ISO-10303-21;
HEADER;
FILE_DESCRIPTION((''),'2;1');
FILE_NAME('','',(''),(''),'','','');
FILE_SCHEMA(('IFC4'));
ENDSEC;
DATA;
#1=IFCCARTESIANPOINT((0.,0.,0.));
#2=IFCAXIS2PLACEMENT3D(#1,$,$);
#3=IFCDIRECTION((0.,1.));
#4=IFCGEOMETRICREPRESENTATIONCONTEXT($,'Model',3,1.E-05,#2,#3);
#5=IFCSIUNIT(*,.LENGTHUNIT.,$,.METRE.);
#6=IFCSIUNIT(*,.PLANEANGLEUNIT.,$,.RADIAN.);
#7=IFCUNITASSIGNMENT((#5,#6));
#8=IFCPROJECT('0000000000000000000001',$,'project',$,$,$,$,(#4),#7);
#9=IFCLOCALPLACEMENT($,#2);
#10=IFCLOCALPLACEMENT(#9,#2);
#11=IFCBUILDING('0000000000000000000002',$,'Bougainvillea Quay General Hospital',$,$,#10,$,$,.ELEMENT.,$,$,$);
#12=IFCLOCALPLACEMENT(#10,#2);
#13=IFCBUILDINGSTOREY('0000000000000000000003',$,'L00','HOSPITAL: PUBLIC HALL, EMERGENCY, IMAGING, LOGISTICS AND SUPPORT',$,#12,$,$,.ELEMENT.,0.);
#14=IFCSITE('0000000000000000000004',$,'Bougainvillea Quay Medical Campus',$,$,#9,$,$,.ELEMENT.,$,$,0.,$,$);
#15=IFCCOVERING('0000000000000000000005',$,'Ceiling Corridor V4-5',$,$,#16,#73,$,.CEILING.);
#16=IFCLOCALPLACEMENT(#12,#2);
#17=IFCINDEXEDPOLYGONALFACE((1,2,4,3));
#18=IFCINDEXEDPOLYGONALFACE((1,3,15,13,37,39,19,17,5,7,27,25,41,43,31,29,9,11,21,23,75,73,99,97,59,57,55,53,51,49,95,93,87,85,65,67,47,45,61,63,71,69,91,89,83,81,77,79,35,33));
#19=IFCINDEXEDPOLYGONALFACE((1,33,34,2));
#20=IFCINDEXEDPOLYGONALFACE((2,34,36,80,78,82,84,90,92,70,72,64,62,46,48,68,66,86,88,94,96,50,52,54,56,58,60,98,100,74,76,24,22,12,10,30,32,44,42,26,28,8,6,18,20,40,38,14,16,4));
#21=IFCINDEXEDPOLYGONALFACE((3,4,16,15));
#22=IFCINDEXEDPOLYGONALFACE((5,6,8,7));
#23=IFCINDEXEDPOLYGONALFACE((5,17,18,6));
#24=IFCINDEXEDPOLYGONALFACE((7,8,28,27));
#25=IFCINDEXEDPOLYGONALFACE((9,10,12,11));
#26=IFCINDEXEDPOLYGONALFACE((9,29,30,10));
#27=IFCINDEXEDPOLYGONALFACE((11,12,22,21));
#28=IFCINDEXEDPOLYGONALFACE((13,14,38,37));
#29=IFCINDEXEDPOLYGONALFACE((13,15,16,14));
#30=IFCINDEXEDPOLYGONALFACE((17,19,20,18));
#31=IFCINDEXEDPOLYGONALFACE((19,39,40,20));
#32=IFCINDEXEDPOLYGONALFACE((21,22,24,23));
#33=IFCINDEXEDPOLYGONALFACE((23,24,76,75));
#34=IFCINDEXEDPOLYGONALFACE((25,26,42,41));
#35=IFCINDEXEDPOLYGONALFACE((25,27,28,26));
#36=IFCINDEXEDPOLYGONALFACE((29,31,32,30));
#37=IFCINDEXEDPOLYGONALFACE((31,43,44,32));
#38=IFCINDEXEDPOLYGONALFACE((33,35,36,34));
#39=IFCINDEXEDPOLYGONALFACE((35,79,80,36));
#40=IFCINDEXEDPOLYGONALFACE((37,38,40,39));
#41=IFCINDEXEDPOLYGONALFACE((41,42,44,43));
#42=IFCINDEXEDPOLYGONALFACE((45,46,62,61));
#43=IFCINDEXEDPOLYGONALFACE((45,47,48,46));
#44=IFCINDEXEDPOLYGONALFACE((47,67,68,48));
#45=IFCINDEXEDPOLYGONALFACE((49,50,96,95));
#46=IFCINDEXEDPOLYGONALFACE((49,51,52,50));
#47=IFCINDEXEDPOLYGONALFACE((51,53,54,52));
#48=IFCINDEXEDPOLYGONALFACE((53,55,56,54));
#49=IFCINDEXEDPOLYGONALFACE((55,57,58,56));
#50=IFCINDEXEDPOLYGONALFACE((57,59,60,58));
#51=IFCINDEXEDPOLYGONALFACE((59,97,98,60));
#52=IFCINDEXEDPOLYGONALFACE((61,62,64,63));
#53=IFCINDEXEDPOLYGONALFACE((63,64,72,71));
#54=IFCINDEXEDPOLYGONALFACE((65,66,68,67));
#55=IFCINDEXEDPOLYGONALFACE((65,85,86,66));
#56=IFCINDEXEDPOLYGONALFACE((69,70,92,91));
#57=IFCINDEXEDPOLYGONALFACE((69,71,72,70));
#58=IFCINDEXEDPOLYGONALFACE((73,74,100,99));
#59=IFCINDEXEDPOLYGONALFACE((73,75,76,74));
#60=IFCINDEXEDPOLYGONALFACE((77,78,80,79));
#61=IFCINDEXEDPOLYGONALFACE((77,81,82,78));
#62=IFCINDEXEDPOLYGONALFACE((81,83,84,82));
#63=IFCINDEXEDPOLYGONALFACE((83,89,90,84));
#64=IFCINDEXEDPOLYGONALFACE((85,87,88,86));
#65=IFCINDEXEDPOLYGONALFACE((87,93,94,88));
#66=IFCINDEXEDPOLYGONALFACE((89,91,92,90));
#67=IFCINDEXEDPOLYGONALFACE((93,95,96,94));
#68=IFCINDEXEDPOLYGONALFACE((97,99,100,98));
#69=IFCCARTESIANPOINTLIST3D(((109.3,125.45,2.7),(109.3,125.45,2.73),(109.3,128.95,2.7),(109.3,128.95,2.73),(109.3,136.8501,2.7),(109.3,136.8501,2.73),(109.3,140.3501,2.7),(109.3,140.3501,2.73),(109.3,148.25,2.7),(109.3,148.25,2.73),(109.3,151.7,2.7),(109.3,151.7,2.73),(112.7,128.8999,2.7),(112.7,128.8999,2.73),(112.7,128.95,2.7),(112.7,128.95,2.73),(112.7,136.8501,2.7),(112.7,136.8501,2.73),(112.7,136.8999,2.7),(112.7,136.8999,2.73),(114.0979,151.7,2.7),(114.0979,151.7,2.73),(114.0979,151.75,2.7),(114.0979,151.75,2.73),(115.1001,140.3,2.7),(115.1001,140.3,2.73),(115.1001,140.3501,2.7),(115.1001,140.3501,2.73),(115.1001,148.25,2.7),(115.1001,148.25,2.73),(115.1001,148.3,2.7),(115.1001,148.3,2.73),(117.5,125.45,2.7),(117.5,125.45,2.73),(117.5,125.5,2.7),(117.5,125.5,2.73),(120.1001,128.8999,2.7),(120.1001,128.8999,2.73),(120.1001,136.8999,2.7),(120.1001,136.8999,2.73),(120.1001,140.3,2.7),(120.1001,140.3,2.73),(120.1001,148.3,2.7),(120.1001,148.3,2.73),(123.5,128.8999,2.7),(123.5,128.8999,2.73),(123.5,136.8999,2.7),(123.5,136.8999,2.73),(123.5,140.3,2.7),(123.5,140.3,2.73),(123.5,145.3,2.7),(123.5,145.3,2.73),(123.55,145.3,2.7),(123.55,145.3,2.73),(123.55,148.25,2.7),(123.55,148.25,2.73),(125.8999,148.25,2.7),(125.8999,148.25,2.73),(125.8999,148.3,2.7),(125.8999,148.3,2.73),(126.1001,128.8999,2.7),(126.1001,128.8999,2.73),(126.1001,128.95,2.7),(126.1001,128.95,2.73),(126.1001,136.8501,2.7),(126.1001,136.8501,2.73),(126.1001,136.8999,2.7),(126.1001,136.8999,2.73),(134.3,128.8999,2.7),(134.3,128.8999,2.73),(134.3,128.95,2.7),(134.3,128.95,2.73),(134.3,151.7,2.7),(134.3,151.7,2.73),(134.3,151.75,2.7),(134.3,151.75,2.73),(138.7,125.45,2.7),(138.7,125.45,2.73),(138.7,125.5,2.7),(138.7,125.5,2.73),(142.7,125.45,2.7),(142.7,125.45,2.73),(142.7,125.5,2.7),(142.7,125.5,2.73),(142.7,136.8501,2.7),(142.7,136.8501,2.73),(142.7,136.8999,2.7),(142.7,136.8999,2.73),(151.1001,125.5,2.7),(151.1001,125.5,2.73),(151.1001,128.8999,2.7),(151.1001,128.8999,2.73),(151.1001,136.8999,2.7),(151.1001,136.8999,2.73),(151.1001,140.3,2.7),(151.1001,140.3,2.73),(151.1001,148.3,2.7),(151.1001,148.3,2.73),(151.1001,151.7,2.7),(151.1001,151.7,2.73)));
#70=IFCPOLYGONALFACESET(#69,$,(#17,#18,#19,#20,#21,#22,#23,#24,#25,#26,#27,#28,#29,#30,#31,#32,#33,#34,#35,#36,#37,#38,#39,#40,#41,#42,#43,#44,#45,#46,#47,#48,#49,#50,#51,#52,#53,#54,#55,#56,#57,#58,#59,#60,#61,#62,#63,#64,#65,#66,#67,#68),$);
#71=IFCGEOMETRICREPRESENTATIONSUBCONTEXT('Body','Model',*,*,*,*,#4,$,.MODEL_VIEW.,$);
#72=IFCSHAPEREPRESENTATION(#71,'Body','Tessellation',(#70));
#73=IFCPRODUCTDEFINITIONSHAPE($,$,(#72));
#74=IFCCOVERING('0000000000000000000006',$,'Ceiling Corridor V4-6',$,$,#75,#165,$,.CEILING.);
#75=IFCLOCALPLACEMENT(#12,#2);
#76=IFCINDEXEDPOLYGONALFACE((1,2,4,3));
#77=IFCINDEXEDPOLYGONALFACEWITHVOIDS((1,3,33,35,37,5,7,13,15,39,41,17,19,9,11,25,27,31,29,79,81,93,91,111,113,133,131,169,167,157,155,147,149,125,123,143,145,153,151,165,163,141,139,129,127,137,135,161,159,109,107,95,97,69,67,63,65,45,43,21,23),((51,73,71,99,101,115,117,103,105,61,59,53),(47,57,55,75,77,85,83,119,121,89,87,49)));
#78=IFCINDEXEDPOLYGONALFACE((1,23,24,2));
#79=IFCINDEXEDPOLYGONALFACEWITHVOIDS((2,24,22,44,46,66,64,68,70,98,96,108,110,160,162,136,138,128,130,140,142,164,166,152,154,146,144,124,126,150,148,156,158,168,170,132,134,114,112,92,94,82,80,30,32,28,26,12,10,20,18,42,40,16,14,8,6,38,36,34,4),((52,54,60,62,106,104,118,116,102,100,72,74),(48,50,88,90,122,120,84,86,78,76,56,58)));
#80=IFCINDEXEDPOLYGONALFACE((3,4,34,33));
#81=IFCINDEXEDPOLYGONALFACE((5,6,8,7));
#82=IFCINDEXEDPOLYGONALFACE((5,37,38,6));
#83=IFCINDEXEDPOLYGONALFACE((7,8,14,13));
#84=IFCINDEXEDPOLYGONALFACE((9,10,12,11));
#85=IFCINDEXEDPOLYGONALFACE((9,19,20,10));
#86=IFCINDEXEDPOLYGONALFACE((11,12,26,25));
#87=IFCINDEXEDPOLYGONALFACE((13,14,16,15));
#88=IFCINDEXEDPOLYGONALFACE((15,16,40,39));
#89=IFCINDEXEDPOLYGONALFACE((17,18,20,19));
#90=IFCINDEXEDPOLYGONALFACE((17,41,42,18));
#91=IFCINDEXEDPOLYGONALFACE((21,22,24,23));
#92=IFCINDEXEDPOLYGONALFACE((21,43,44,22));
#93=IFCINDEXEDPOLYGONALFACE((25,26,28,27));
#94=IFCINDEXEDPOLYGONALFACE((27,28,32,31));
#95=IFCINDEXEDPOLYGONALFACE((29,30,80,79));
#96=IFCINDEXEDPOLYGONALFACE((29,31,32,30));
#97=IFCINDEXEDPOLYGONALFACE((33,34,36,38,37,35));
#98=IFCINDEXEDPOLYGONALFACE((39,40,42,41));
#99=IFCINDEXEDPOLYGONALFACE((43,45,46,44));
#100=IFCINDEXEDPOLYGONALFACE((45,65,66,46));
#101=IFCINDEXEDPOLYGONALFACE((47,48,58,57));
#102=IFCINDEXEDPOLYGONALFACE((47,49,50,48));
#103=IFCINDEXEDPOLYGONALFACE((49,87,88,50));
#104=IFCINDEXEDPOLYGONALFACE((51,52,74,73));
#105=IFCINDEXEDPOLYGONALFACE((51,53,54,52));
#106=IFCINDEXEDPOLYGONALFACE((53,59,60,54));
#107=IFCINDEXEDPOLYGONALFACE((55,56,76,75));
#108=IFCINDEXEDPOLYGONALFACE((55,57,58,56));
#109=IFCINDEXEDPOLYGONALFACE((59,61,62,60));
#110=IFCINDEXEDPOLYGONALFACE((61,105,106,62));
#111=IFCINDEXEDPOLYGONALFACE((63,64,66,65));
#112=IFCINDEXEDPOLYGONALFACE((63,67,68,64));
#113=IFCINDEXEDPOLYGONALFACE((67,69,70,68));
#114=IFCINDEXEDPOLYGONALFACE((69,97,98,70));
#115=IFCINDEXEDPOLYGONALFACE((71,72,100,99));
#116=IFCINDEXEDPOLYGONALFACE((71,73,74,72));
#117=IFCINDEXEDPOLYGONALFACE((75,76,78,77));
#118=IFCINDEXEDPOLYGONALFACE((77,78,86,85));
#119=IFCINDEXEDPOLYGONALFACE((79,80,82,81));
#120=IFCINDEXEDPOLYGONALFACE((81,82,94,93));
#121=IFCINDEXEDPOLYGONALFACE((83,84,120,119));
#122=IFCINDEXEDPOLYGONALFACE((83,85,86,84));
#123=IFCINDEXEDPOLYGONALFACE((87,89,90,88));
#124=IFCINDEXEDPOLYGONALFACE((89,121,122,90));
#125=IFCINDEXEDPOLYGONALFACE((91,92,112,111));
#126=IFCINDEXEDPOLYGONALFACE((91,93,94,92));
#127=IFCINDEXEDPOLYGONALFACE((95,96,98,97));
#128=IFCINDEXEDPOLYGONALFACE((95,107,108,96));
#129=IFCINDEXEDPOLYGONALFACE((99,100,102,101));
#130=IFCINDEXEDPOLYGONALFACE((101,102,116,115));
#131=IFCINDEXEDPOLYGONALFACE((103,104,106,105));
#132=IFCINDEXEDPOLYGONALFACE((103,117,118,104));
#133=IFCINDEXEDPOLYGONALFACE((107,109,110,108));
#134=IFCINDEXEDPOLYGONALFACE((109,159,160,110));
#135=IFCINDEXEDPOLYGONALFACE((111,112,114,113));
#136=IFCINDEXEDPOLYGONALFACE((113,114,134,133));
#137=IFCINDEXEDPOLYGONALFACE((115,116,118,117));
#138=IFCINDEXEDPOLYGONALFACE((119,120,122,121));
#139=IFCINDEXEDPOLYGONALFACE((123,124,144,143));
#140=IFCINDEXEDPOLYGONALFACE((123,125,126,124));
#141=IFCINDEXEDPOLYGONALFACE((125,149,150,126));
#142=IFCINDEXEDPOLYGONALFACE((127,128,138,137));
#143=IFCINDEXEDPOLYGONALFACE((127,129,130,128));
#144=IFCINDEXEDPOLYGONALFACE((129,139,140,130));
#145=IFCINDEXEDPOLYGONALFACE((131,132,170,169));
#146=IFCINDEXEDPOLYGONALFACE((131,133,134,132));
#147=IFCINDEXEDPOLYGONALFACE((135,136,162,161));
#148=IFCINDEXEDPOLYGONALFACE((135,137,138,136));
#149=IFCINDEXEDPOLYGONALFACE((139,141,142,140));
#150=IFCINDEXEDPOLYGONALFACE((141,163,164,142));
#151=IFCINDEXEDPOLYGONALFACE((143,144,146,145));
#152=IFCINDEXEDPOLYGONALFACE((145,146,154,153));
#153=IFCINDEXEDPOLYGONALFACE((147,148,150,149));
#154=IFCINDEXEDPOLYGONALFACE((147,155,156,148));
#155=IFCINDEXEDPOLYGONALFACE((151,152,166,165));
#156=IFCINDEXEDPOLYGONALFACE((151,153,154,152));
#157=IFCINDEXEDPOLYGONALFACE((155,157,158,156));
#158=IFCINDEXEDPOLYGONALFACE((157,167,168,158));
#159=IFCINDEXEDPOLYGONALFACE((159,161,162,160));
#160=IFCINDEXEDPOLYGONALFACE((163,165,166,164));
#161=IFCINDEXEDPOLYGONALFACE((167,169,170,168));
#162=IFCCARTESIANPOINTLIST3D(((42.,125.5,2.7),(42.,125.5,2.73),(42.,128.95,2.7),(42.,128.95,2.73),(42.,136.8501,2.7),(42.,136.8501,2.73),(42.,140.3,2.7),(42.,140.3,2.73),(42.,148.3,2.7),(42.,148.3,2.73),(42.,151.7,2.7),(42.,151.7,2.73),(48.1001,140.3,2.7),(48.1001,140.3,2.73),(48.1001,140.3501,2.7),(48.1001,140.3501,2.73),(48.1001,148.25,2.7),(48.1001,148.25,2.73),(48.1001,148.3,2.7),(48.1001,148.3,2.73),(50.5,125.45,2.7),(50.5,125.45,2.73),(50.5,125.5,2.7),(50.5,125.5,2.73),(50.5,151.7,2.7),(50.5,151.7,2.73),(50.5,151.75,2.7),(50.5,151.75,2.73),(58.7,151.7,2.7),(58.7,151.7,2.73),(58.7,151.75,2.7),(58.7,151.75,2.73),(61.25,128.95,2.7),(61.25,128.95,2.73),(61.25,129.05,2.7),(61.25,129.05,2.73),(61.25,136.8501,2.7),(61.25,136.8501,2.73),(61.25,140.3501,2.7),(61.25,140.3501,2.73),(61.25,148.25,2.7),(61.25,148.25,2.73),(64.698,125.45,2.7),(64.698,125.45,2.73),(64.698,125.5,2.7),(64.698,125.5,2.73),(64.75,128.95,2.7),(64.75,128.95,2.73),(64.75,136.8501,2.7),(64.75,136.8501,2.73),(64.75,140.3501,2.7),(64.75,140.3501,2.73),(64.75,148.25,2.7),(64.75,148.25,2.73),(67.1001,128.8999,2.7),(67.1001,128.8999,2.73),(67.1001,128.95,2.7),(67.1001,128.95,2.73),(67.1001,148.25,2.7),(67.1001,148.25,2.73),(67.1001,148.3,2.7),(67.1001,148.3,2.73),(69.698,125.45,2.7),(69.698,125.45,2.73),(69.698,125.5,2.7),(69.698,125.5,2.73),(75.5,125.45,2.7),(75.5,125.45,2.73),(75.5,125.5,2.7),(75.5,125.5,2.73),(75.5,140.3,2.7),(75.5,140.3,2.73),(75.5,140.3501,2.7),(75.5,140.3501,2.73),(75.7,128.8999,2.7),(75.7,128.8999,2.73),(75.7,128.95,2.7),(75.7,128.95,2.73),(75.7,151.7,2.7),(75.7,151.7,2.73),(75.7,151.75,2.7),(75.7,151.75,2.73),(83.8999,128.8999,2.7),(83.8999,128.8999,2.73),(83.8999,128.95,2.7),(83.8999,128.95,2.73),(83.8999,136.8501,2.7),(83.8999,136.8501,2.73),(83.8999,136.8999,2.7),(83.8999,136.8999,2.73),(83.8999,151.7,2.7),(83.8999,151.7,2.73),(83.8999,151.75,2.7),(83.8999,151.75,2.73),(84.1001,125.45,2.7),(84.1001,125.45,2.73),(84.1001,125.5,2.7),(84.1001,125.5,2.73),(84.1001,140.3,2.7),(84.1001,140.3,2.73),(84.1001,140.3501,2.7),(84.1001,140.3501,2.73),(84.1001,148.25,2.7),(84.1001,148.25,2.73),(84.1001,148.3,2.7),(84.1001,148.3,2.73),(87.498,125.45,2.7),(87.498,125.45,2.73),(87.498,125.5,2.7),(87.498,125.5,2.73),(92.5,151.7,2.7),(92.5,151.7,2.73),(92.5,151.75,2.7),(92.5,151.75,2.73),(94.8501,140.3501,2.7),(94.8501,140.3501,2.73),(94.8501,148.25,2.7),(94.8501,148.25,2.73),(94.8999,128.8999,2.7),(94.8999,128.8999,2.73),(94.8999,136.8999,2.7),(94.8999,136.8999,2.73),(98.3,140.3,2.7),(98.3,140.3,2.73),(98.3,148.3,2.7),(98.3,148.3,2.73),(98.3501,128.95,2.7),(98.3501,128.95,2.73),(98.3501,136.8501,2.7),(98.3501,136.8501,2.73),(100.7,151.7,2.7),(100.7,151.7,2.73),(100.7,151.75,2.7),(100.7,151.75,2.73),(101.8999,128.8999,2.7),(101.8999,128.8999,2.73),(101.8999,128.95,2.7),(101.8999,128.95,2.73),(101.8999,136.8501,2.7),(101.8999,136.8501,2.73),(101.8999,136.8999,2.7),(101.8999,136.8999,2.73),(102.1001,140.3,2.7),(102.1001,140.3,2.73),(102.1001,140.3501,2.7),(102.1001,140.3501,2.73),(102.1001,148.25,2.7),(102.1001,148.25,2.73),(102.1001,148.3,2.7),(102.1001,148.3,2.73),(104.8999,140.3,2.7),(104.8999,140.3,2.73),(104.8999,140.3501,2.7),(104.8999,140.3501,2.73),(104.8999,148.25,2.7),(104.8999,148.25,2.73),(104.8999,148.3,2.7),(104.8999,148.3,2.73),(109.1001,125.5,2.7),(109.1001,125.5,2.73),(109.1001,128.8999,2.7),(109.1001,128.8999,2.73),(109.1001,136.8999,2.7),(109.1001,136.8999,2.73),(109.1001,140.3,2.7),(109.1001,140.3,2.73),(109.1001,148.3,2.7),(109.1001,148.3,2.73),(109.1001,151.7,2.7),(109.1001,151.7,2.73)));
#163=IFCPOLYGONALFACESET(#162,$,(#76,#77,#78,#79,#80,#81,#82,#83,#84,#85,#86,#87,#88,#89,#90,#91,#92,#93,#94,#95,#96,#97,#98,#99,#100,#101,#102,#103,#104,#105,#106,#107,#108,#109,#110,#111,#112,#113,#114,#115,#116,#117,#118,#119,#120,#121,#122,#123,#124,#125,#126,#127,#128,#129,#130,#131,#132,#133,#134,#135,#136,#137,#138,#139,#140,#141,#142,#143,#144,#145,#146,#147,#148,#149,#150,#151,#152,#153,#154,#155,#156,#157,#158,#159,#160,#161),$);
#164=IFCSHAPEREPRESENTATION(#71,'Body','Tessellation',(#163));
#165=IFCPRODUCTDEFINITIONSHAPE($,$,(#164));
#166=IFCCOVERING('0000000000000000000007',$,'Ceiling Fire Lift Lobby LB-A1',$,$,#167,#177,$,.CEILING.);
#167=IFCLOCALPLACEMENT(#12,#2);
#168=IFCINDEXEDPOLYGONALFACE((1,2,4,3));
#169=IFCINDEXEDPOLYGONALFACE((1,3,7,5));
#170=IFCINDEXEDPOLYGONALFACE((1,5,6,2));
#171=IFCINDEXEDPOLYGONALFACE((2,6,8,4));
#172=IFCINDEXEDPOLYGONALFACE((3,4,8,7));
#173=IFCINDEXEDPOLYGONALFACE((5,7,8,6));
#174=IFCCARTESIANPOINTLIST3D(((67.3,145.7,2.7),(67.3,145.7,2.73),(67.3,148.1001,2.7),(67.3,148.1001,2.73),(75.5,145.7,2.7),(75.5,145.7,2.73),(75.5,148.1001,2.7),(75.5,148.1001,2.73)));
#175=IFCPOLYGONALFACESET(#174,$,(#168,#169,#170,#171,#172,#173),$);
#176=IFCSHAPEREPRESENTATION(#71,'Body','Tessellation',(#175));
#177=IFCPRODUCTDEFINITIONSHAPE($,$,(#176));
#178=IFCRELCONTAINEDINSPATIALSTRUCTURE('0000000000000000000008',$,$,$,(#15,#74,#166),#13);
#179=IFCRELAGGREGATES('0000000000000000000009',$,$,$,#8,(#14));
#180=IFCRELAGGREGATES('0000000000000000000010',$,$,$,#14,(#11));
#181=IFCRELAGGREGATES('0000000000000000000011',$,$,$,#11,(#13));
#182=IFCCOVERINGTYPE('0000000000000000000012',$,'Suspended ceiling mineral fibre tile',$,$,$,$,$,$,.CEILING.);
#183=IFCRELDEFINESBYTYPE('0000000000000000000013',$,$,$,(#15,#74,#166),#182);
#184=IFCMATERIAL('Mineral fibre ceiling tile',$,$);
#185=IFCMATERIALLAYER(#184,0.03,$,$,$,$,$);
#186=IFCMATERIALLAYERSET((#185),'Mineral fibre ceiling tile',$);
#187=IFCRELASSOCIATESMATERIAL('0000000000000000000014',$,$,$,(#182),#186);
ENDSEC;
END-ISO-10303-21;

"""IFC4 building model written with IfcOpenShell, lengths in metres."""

from ifc_helpers import new_model, si_unit, direction, frame, origin, place, context, subcontext, project, spatial, polyline, outline, extrude, material, layer, layer_set, type_object, element, save


model = new_model("IFC4")

# Units and contexts
model_context = context("Model", 3, precision=1e-05, world=origin(), true_north=direction((0.0, 1.0)))
body_context = subcontext(model_context, "Body", "Model", "MODEL_VIEW")
ifc_project = project(units=[si_unit("LENGTHUNIT", "METRE"), si_unit("PLANEANGLEUNIT", "RADIAN")], contexts=[model_context])

# Site, building, storey
site_placement = place(None, origin())
site = spatial("IfcSite", under=ifc_project, at=site_placement, Name="Bougainvillea Quay Medical Campus", CompositionType="ELEMENT", RefElevation=0.0)
building_placement = place(site_placement, origin())
building = spatial("IfcBuilding", under=site, at=building_placement, Name="Bougainvillea Quay General Hospital", CompositionType="ELEMENT")
storey_placement = place(building_placement, origin())
storey = spatial("IfcBuildingStorey", under=building, at=storey_placement, Name="L00", Description="HOSPITAL: PUBLIC HALL, EMERGENCY, IMAGING, LOGISTICS AND SUPPORT", CompositionType="ELEMENT", Elevation=0.0)

# Coverings
ifc_material_1 = material(Name="Mineral fibre ceiling tile")
ifc_layer_1 = layer(ifc_material_1, 0.03)
ifc_layer_set_1 = layer_set([ifc_layer_1], Name="Mineral fibre ceiling tile")
covering_type = type_object("IfcCoveringType", Name="Suspended ceiling mineral fibre tile", PredefinedType="CEILING", material=ifc_layer_set_1)
covering_1_placement = place(storey_placement, frame((0.0, 0.0, 2.7)))
element("IfcCovering", 1, at=covering_1_placement, inside=storey, type_object=covering_type, Name="Ceiling Corridor V4-5", PredefinedType="CEILING", context=body_context, shape_type="SweptSolid", body=[
    extrude(outline(polyline([(109.3, 136.8501), (112.7, 136.8501), (112.7, 136.8999), (120.1001, 136.8999), (120.1001, 128.8999), (112.7, 128.8999), (112.7, 128.95), (109.3, 128.95), (109.3, 125.45), (117.5, 125.45), (117.5, 125.5), (138.7, 125.5), (138.7, 125.45), (142.7, 125.45), (142.7, 125.5), (151.1001, 125.5), (151.1001, 128.8999), (134.3, 128.8999), (134.3, 128.95), (126.1001, 128.95), (126.1001, 128.8999), (123.5, 128.8999), (123.5, 136.8999), (126.1001, 136.8999), (126.1001, 136.8501), (142.7, 136.8501), (142.7, 136.8999), (151.1001, 136.8999), (151.1001, 140.3), (123.5, 140.3), (123.5, 145.3), (123.55, 145.3), (123.55, 148.25), (125.8999, 148.25), (125.8999, 148.3), (151.1001, 148.3), (151.1001, 151.7), (134.3, 151.7), (134.3, 151.75), (114.0979, 151.75), (114.0979, 151.7), (109.3, 151.7), (109.3, 148.25), (115.1001, 148.25), (115.1001, 148.3), (120.1001, 148.3), (120.1001, 140.3), (115.1001, 140.3), (115.1001, 140.3501), (109.3, 140.3501), (109.3, 136.8501)])), origin(), (0.0, 0.0, 1.0), 0.03),
])
covering_2_placement = place(storey_placement, frame((0.0, 0.0, 2.7)))
element("IfcCovering", 2, at=covering_2_placement, inside=storey, type_object=covering_type, Name="Ceiling Corridor V4-6", PredefinedType="CEILING", context=body_context, shape_type="SweptSolid", body=[
    extrude(outline(polyline([(42.0, 125.5), (50.5, 125.5), (50.5, 125.45), (64.698, 125.45), (64.698, 125.5), (69.698, 125.5), (69.698, 125.45), (75.5, 125.45), (75.5, 125.5), (84.1001, 125.5), (84.1001, 125.45), (87.498, 125.45), (87.498, 125.5), (109.1001, 125.5), (109.1001, 128.8999), (101.8999, 128.8999), (101.8999, 128.95), (98.3501, 128.95), (98.3501, 136.8501), (101.8999, 136.8501), (101.8999, 136.8999), (109.1001, 136.8999), (109.1001, 140.3), (104.8999, 140.3), (104.8999, 140.3501), (102.1001, 140.3501), (102.1001, 140.3), (98.3, 140.3), (98.3, 148.3), (102.1001, 148.3), (102.1001, 148.25), (104.8999, 148.25), (104.8999, 148.3), (109.1001, 148.3), (109.1001, 151.7), (100.7, 151.7), (100.7, 151.75), (92.5, 151.75), (92.5, 151.7), (83.8999, 151.7), (83.8999, 151.75), (75.7, 151.75), (75.7, 151.7), (58.7, 151.7), (58.7, 151.75), (50.5, 151.75), (50.5, 151.7), (42.0, 151.7), (42.0, 148.3), (48.1001, 148.3), (48.1001, 148.25), (61.25, 148.25), (61.25, 140.3501), (48.1001, 140.3501), (48.1001, 140.3), (42.0, 140.3), (42.0, 136.8501), (61.25, 136.8501), (61.25, 129.05), (61.25, 128.95), (42.0, 128.95), (42.0, 125.5)]), holes=[polyline([(75.7, 128.8999), (75.7, 128.95), (83.8999, 128.95), (83.8999, 128.8999), (94.8999, 128.8999), (94.8999, 136.8999), (83.8999, 136.8999), (83.8999, 136.8501), (64.75, 136.8501), (64.75, 128.95), (67.1001, 128.95), (67.1001, 128.8999), (75.7, 128.8999)]), polyline([(64.75, 140.3501), (75.5, 140.3501), (75.5, 140.3), (84.1001, 140.3), (84.1001, 140.3501), (94.8501, 140.3501), (94.8501, 148.25), (84.1001, 148.25), (84.1001, 148.3), (67.1001, 148.3), (67.1001, 148.25), (64.75, 148.25), (64.75, 140.3501)])]), origin(), (0.0, 0.0, 1.0), 0.03),
])
covering_3_placement = place(storey_placement, frame((0.0, 0.0, 2.7)))
element("IfcCovering", 3, at=covering_3_placement, inside=storey, type_object=covering_type, Name="Ceiling Fire Lift Lobby LB-A1", PredefinedType="CEILING", context=body_context, shape_type="SweptSolid", body=[
    extrude(outline(polyline([(75.5, 148.1001), (67.3, 148.1001), (67.3, 145.7), (75.5, 145.7), (75.5, 148.1001)])), origin(), (0.0, 0.0, 1.0), 0.03),
])

save(model, "model.ifc")
